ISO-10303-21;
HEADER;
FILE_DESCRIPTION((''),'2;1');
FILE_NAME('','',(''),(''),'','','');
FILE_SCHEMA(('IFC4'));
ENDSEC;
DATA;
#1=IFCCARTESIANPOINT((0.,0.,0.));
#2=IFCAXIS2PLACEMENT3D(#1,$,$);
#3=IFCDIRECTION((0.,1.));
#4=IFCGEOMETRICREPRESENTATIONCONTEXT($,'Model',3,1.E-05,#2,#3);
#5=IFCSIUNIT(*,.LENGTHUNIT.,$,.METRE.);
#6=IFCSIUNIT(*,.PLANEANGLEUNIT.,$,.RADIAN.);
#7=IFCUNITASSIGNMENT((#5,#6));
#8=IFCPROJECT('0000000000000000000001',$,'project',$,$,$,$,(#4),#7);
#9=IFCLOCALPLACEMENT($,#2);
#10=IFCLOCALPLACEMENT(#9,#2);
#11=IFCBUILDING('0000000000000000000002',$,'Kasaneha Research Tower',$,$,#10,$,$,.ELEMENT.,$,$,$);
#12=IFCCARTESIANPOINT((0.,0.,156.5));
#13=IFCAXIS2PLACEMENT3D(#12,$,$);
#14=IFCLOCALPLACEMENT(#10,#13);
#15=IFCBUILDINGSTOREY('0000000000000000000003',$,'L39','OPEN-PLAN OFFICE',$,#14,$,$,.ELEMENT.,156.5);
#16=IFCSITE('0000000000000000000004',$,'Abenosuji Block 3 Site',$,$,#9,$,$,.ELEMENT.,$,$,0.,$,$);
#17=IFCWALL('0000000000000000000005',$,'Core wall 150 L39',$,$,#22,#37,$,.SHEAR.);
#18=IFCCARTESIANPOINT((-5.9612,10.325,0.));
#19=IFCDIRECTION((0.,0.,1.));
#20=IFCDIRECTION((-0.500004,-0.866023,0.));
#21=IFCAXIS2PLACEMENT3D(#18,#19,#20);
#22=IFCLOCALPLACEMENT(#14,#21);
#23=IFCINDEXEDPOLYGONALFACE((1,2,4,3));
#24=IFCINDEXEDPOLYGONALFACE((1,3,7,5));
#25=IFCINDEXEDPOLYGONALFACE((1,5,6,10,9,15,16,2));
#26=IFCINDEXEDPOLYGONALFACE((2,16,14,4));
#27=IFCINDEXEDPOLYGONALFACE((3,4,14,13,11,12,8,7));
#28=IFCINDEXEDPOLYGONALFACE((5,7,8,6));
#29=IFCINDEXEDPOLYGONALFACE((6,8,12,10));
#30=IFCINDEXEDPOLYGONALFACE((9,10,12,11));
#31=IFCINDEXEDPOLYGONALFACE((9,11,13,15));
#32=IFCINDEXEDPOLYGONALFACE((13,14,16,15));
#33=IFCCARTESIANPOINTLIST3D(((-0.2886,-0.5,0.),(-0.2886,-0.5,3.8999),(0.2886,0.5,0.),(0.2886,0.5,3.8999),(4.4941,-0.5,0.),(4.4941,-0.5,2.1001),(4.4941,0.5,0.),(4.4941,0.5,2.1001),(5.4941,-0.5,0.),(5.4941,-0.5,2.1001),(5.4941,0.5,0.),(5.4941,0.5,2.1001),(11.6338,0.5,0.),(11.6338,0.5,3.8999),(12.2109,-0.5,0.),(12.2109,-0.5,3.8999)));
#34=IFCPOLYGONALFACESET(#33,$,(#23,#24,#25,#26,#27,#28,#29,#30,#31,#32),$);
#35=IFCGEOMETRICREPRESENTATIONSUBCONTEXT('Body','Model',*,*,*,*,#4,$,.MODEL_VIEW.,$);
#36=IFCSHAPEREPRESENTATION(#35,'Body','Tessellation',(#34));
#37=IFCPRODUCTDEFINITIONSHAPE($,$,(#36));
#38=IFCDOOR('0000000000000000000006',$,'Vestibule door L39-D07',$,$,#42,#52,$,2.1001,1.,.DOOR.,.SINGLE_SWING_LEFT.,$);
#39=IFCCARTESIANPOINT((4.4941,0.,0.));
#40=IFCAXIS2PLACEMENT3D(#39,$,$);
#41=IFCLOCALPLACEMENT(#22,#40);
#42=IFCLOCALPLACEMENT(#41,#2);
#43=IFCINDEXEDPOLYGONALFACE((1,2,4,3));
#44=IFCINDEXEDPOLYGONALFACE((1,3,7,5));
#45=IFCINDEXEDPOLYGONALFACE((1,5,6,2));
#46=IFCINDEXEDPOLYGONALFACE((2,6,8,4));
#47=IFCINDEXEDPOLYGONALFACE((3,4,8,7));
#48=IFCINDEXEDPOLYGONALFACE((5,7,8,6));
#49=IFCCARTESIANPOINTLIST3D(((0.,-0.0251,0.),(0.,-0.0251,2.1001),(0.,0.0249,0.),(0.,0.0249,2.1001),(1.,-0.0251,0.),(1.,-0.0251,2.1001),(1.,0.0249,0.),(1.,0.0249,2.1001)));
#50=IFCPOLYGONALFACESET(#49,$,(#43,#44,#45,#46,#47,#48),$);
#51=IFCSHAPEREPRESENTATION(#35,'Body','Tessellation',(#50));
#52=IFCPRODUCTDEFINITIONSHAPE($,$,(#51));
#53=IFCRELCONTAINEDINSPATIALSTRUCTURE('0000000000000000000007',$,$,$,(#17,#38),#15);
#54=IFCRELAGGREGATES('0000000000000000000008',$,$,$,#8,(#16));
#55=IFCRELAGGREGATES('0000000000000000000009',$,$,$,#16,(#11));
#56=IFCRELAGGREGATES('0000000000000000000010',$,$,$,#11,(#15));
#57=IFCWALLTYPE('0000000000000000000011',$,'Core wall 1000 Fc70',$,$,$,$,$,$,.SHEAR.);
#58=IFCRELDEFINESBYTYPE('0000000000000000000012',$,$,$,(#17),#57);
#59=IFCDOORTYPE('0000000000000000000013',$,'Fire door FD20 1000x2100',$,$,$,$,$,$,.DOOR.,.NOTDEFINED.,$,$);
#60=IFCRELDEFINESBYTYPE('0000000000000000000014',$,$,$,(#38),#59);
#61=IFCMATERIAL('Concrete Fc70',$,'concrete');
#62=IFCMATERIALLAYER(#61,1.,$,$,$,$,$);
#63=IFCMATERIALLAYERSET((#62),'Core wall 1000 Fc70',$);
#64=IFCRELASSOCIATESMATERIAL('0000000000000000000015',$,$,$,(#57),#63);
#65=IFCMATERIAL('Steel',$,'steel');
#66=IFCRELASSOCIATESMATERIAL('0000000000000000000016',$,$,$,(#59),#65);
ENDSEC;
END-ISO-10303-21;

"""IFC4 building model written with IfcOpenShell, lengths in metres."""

from ifc_helpers import new_model, si_unit, direction, frame, frame_2d, origin, place, context, subcontext, project, spatial, polyline, rectangle, outline, extrude, material, layer, layer_set, type_object, element, fill, save


model = new_model("IFC4")

# Units and contexts
model_context = context("Model", 3, precision=1e-05, world=origin(), true_north=direction((0.0, 1.0)))
body_context = subcontext(model_context, "Body", "Model", "MODEL_VIEW")
ifc_project = project(units=[si_unit("LENGTHUNIT", "METRE"), si_unit("PLANEANGLEUNIT", "RADIAN")], contexts=[model_context])

# Site, building, storey
site_placement = place(None, origin())
site = spatial("IfcSite", under=ifc_project, at=site_placement, Name="Abenosuji Block 3 Site", CompositionType="ELEMENT", RefElevation=0.0)
building_placement = place(site_placement, origin())
building = spatial("IfcBuilding", under=site, at=building_placement, Name="Kasaneha Research Tower", CompositionType="ELEMENT")
storey_placement = place(building_placement, frame((0.0, 0.0, 156.5)))
storey = spatial("IfcBuildingStorey", under=building, at=storey_placement, Name="L39", Description="OPEN-PLAN OFFICE", CompositionType="ELEMENT", Elevation=156.5)

# Wall, opening, door
ifc_material_1 = material(Name="Concrete Fc70", Category="concrete")
ifc_layer_1 = layer(ifc_material_1, 1.0)
ifc_layer_set_1 = layer_set([ifc_layer_1], Name="Core wall 1000 Fc70")
wall_type_1 = type_object("IfcWallType", Name="Core wall 1000 Fc70", PredefinedType="SHEAR", material=ifc_layer_set_1)
wall_1_placement = place(storey_placement, frame((-5.9612, 10.325, 0.0), z_axis=(0.0, 0.0, 1.0), x_axis=(-0.500004, -0.866023, 0.0)))
wall_1 = element("IfcWall", 1, at=wall_1_placement, inside=storey, type_object=wall_type_1, Name="Core wall 150 L39", PredefinedType="SHEAR", context=body_context, shape_type="SweptSolid", body=[
    extrude(outline(polyline([(-0.2886, -0.5), (4.4941, -0.5), (5.4941, -0.5), (12.2109, -0.5), (11.6338, 0.5), (5.4941, 0.5), (4.4941, 0.5), (0.2886, 0.5), (-0.2886, -0.5)])), origin(), (0.0, 0.0, 1.0), 3.8999),
])
opening_1_placement = place(wall_1_placement, frame((4.4941, 0.0, 0.0)))
opening_1 = element("IfcOpeningElement", 2, at=opening_1_placement, cuts=wall_1, PredefinedType="OPENING", context=body_context, shape_type="SweptSolid", body=[
    extrude(rectangle(XDim=1.0, YDim=2.1001, at=frame_2d((0.5, 1.05))), frame((0.0, 0.51, 0.0), z_axis=(0.0, -1.0, 0.0), x_axis=(1.0, 0.0, 0.0)), (0.0, 0.0, 1.0), 1.02),
])
ifc_material_2 = material(Name="Steel", Category="steel")
door_type_1 = type_object("IfcDoorType", Name="Fire door FD20 1000x2100", OperationType="NOTDEFINED", PredefinedType="DOOR", material=ifc_material_2)
door_1_placement = place(opening_1_placement, origin())
door_1 = element("IfcDoor", 3, at=door_1_placement, inside=storey, type_object=door_type_1, Name="Vestibule door L39-D07", OperationType="SINGLE_SWING_LEFT", OverallHeight=2.1001, OverallWidth=1.0, PredefinedType="DOOR", context=body_context, shape_type="SweptSolid", body=[
    extrude(rectangle(XDim=1.0, YDim=2.1001, at=frame_2d((0.5, 1.05))), frame((0.0, 0.0249, 0.0), z_axis=(0.0, -1.0, 0.0), x_axis=(1.0, 0.0, 0.0)), (0.0, 0.0, 1.0), 0.05),
])
fill(opening_1, door_1)

save(model, "model.ifc")
